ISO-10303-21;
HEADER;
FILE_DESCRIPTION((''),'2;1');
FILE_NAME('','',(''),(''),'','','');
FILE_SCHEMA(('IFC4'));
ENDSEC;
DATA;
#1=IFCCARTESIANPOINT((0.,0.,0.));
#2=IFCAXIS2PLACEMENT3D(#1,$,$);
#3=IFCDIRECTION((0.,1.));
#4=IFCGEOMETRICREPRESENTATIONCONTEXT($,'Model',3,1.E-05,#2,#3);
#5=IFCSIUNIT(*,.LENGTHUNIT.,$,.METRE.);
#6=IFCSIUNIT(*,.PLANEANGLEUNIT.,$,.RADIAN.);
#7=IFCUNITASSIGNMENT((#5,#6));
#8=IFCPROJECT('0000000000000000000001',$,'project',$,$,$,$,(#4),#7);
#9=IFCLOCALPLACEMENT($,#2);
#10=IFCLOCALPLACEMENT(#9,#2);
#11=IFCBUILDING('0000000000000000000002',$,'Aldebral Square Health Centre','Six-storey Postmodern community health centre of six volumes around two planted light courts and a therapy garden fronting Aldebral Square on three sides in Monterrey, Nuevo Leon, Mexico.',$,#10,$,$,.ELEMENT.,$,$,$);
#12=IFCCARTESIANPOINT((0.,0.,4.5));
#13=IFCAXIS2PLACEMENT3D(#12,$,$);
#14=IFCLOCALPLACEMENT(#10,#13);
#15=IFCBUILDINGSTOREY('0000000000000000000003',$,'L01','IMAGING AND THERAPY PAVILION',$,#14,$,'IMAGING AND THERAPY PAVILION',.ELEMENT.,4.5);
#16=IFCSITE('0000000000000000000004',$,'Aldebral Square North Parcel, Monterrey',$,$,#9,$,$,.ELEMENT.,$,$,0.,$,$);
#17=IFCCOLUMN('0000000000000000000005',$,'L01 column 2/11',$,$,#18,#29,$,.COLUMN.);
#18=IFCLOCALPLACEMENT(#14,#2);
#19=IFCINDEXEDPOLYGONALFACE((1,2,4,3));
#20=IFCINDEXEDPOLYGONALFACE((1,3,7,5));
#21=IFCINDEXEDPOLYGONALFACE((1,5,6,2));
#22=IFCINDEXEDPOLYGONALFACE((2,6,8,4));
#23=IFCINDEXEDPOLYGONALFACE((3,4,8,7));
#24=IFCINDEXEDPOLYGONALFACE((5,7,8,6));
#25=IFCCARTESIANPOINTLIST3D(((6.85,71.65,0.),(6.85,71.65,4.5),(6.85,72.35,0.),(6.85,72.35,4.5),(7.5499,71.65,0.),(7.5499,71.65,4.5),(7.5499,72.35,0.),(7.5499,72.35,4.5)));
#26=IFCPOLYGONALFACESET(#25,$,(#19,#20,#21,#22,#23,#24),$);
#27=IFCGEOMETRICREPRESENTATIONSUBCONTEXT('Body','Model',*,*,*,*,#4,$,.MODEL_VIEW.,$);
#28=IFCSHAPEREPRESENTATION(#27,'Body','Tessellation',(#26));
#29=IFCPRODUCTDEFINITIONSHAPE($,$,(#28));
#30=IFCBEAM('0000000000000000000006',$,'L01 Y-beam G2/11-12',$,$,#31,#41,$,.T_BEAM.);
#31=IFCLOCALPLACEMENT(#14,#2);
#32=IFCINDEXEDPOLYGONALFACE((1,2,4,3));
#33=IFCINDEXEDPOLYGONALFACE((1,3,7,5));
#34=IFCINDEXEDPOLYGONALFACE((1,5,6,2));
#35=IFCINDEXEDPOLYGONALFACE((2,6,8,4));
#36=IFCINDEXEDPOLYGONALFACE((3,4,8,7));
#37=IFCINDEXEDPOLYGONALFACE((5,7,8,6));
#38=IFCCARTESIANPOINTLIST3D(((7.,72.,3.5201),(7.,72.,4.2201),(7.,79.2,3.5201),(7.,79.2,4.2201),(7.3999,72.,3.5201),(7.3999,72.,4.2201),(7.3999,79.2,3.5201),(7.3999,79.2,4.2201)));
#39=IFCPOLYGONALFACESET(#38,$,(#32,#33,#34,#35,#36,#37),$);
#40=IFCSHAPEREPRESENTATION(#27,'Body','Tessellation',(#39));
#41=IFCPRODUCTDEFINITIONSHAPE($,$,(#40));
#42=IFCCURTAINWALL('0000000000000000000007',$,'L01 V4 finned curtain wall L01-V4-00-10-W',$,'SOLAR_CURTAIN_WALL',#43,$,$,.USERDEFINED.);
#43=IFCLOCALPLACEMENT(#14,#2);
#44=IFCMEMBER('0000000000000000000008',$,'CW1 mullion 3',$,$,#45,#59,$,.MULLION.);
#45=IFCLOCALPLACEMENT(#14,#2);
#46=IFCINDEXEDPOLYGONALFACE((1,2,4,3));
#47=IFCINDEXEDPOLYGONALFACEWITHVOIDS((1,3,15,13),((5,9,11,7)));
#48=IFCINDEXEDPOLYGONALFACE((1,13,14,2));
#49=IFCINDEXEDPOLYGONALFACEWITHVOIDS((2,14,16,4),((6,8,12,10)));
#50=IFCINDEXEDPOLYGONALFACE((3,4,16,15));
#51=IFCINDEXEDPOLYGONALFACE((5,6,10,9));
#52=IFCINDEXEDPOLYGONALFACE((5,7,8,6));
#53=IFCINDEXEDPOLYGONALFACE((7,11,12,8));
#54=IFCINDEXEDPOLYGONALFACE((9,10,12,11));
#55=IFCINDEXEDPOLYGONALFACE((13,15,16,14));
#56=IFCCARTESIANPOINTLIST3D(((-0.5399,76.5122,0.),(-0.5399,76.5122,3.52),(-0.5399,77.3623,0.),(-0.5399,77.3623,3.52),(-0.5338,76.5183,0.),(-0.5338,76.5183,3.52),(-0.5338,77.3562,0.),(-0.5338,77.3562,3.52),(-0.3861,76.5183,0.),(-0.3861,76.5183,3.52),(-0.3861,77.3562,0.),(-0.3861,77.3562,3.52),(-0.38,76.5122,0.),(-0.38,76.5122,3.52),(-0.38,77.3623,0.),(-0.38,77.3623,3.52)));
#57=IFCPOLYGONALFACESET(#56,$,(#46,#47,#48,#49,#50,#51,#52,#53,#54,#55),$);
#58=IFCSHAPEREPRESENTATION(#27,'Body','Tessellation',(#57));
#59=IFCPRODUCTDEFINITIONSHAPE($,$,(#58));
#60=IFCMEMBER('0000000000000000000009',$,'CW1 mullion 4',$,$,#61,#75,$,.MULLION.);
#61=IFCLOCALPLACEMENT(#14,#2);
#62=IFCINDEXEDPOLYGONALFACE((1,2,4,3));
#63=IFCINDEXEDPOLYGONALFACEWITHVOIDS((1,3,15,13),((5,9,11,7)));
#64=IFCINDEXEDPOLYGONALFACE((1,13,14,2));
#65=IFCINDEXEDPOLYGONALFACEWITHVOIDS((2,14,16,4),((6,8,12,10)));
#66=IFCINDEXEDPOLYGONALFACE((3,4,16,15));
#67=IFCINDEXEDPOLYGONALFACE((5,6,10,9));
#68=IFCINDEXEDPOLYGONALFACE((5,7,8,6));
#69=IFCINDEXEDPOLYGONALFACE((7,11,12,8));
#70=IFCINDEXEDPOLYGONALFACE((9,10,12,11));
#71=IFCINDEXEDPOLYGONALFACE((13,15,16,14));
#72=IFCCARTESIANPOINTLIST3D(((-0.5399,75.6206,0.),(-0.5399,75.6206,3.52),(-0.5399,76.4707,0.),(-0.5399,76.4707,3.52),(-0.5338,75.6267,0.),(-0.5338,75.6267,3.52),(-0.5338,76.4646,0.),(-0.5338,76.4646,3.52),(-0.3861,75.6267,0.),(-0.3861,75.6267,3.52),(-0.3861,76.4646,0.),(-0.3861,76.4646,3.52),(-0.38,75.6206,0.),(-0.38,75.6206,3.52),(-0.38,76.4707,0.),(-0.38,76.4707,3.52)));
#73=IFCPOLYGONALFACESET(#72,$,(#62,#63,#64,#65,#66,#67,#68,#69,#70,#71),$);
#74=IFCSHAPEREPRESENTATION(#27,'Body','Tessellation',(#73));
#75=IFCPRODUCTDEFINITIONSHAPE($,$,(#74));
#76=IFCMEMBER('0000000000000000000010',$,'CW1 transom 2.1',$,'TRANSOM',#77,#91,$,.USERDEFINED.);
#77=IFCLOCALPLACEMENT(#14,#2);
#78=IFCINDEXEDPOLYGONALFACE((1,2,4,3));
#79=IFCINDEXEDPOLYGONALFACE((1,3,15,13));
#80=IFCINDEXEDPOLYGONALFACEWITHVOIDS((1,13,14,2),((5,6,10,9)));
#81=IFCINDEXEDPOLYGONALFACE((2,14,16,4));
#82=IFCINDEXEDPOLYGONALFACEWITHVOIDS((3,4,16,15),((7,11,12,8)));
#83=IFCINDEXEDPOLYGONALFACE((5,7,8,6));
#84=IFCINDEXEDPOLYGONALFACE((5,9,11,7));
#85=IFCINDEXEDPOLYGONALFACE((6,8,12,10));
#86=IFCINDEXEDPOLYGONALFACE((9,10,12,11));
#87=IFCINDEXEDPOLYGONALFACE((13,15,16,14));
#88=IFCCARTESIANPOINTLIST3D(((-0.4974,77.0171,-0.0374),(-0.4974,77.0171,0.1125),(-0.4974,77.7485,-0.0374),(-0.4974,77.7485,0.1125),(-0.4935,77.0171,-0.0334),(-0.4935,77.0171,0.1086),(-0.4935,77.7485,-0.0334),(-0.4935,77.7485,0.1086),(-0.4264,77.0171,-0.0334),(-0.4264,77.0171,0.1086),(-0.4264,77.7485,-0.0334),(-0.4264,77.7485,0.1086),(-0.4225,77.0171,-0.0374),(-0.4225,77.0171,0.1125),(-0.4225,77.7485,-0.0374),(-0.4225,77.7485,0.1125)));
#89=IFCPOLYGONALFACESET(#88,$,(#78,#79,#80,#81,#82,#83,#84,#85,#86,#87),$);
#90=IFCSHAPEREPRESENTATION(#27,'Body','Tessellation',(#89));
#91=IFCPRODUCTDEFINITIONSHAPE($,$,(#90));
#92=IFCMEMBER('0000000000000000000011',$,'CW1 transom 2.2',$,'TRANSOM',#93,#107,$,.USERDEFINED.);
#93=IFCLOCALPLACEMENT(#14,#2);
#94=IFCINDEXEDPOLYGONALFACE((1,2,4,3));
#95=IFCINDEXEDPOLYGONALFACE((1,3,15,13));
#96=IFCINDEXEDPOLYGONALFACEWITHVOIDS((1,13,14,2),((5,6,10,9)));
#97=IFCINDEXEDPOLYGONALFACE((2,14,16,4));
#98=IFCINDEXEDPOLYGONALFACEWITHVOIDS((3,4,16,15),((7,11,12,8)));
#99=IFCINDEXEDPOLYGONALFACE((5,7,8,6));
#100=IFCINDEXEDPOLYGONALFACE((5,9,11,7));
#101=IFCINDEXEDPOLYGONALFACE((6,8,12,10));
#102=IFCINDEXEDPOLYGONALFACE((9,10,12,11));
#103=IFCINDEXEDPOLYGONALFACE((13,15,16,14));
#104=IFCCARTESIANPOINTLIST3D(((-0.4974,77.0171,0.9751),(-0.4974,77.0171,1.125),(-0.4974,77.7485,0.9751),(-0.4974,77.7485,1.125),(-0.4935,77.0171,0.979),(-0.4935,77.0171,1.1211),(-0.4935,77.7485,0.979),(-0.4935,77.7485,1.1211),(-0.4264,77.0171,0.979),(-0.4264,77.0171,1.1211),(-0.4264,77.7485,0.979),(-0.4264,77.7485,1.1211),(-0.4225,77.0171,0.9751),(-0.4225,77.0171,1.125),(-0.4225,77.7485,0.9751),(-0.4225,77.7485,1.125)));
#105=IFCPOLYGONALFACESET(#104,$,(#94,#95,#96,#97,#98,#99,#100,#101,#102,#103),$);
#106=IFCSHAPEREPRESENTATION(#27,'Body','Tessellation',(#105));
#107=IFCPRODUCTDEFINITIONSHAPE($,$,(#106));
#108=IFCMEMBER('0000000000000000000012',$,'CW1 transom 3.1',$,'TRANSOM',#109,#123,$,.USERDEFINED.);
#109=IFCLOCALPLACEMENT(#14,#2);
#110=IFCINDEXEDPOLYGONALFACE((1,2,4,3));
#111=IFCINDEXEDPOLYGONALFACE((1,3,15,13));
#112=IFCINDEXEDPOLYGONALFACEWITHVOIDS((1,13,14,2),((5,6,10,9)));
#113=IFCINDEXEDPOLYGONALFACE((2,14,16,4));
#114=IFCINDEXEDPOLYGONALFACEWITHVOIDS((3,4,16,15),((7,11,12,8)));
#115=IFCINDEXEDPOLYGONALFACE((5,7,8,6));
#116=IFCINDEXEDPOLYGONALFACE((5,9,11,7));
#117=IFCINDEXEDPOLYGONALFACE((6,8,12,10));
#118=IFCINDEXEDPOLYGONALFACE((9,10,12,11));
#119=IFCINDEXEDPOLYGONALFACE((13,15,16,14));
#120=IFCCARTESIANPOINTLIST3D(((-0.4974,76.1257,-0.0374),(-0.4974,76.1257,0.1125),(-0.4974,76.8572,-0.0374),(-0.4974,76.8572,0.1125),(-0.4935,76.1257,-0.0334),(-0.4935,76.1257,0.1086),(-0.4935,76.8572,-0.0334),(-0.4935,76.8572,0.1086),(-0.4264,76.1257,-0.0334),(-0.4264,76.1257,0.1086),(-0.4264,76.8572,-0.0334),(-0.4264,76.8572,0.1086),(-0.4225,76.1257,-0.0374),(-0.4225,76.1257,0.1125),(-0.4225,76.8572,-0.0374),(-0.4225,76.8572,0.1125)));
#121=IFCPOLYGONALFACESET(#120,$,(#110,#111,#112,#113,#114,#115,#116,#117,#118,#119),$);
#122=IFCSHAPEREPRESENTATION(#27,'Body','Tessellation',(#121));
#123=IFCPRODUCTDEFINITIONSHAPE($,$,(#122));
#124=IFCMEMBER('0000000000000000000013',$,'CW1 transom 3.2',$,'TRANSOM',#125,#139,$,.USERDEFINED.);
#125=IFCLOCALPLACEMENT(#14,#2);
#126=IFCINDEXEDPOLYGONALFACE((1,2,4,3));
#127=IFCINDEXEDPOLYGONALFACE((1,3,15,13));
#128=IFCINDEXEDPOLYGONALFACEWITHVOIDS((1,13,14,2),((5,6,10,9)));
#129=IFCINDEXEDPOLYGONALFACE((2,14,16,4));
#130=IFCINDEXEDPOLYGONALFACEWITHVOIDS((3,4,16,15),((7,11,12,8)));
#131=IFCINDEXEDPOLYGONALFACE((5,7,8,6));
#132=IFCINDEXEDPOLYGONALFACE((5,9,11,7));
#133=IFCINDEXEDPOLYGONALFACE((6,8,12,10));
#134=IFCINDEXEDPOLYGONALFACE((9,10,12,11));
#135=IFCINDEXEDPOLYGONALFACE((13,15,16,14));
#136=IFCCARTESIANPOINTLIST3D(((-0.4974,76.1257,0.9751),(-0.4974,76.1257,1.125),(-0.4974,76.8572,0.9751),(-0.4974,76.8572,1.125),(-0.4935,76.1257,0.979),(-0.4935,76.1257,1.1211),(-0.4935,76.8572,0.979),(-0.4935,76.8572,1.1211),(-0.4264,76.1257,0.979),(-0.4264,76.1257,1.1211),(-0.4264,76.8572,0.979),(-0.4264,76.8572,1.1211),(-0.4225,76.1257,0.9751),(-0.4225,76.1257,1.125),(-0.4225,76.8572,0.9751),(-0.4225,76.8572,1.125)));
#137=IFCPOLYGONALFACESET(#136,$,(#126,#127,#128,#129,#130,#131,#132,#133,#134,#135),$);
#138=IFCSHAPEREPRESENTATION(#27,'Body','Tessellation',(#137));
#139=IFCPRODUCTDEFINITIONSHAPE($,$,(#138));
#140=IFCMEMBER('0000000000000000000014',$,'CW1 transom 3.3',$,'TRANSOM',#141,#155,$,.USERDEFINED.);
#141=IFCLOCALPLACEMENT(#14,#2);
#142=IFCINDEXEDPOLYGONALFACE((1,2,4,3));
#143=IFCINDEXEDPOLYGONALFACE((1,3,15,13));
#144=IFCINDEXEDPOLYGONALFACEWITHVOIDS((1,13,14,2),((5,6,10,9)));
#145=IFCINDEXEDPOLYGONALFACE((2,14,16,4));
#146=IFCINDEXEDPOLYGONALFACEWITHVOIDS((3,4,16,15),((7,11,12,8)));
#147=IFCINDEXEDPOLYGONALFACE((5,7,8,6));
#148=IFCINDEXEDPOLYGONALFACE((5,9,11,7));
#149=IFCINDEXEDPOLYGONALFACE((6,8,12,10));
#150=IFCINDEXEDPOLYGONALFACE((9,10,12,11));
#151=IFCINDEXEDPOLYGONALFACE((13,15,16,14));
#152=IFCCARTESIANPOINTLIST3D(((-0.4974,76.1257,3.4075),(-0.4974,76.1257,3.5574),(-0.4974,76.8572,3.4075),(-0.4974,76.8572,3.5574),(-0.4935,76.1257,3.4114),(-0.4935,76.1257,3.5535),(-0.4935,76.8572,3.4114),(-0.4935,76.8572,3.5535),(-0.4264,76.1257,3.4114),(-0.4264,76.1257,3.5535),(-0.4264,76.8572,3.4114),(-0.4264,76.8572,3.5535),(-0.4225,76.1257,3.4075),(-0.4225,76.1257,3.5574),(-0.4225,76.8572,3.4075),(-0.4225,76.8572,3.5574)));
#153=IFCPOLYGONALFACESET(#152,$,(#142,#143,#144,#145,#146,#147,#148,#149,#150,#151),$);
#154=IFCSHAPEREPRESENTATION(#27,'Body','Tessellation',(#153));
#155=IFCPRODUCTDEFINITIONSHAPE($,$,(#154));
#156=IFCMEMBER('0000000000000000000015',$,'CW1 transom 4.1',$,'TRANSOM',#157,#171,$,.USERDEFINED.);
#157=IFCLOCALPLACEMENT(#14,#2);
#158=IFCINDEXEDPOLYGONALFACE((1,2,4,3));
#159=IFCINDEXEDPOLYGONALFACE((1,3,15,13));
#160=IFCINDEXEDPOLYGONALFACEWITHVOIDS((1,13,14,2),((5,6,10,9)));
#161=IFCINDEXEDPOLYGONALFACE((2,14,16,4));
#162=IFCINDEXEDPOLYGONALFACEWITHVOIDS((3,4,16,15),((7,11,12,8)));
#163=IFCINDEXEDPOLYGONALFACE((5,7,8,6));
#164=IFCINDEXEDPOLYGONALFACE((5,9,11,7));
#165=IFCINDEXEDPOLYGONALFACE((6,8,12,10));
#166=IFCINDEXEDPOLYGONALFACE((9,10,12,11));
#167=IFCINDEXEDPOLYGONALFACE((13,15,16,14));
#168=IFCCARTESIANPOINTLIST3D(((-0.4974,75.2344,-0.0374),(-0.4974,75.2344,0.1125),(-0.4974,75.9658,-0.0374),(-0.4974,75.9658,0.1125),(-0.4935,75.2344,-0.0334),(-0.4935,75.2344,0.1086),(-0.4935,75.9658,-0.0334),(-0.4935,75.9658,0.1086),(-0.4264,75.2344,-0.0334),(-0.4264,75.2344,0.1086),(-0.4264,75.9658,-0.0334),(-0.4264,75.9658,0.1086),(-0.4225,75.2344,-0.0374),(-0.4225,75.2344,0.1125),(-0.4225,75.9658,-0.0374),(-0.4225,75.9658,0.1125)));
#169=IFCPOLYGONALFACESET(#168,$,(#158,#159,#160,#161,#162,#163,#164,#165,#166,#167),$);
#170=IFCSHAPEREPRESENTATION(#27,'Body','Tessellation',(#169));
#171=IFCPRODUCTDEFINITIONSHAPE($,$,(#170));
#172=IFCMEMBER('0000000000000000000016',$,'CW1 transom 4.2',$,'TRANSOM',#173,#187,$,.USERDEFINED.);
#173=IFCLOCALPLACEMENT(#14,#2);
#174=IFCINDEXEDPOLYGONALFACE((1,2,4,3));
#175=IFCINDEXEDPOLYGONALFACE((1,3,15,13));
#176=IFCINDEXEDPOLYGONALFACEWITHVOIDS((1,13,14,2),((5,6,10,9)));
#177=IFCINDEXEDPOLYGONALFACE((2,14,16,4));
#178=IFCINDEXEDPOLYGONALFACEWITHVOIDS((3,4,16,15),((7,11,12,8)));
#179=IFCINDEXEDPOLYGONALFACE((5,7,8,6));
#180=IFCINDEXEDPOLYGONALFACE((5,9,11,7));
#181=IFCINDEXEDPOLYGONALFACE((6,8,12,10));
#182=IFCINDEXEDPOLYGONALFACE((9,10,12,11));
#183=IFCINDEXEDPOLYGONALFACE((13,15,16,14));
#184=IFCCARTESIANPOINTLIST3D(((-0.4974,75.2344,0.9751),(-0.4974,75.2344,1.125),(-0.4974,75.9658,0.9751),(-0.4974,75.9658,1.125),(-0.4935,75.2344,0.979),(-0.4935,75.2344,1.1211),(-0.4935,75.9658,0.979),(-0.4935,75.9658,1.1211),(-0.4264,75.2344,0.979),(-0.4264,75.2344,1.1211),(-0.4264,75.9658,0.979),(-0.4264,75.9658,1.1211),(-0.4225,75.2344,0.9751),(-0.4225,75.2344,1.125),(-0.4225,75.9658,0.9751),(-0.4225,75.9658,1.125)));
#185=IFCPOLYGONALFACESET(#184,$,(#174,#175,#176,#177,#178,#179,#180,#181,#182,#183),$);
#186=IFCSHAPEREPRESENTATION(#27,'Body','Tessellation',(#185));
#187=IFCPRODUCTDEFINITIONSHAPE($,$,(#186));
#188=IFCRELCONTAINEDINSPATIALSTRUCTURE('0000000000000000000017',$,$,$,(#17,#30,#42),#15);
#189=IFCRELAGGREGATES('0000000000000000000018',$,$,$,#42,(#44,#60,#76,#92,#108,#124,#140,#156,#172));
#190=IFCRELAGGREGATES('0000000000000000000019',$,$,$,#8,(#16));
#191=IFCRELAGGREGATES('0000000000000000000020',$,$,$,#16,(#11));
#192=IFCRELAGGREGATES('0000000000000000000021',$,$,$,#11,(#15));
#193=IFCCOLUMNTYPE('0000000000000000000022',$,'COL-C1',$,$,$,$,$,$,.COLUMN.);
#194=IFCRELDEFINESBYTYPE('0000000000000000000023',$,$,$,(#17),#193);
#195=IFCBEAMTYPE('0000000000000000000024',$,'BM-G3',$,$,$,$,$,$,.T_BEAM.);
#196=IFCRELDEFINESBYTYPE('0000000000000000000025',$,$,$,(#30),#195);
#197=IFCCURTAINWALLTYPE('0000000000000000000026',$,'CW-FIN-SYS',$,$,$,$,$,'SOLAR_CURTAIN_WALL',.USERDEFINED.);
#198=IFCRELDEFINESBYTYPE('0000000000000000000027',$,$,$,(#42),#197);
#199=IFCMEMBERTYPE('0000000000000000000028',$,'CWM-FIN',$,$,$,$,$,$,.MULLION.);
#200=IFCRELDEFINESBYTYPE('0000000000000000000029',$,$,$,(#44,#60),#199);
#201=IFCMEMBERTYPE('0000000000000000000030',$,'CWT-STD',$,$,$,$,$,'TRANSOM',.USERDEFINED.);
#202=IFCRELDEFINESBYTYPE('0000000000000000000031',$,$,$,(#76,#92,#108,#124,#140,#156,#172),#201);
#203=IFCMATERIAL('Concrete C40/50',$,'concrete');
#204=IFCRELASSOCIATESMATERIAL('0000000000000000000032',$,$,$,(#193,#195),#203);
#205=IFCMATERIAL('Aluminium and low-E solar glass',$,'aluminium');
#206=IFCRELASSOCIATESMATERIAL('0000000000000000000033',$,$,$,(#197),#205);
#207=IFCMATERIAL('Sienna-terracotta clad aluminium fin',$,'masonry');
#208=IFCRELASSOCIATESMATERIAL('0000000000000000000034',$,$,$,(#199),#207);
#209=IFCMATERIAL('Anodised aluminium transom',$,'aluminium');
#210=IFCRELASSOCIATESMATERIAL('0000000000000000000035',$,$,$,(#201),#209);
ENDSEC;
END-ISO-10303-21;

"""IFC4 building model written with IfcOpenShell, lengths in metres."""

from ifc_helpers import new_model, si_unit, direction, frame, origin, origin_2d, place, context, subcontext, project, spatial, rectangle, hollow_rectangle, extrude, material, material_profile, profile_set, type_object, element, aggregate, save


model = new_model("IFC4")

# Units and contexts
model_context = context("Model", 3, precision=1e-05, world=origin(), true_north=direction((0.0, 1.0)))
body_context = subcontext(model_context, "Body", "Model", "MODEL_VIEW")
ifc_project = project(units=[si_unit("LENGTHUNIT", "METRE"), si_unit("PLANEANGLEUNIT", "RADIAN")], contexts=[model_context])

# Site, building, storey
site_placement = place(None, origin())
site = spatial("IfcSite", under=ifc_project, at=site_placement, Name="Aldebral Square North Parcel, Monterrey", CompositionType="ELEMENT", RefElevation=0.0)
building_placement = place(site_placement, origin())
building = spatial("IfcBuilding", under=site, at=building_placement, Name="Aldebral Square Health Centre", Description="Six-storey Postmodern community health centre of six volumes around two planted light courts and a therapy garden fronting Aldebral Square on three sides in Monterrey, Nuevo Leon, Mexico.", CompositionType="ELEMENT")
storey_placement = place(building_placement, frame((0.0, 0.0, 4.5)))
storey = spatial("IfcBuildingStorey", under=building, at=storey_placement, Name="L01", Description="IMAGING AND THERAPY PAVILION", LongName="IMAGING AND THERAPY PAVILION", CompositionType="ELEMENT", Elevation=4.5)

# Column
ifc_material_1 = material(Name="Concrete C40/50", Category="concrete")
ifc_material_profile_1 = material_profile(ifc_material_1, rectangle(XDim=0.7, YDim=0.7, at=origin_2d()), Name="RC 700x700")
ifc_profile_set_1 = profile_set([ifc_material_profile_1], Name="Concrete C40/50")
column_type = type_object("IfcColumnType", Name="COL-C1", PredefinedType="COLUMN", material=ifc_profile_set_1)
column_placement = place(storey_placement, frame((7.2, 72.0, 0.0), z_axis=(0.0, 0.0, 1.0), x_axis=(1.0, 0.0, 0.0)))
element("IfcColumn", 1, at=column_placement, inside=storey, type_object=column_type, Name="L01 column 2/11", PredefinedType="COLUMN", context=body_context, shape_type="SweptSolid", body=[
    extrude(rectangle(XDim=0.7, YDim=0.7, at=origin_2d()), origin(), (0.0, 0.0, 1.0), 4.5),
])

# Beam
ifc_material_profile_2 = material_profile(ifc_material_1, rectangle(XDim=0.3999, YDim=0.7, at=origin_2d()), Name="RC 400x700")
ifc_profile_set_2 = profile_set([ifc_material_profile_2], Name="Concrete C40/50")
beam_type = type_object("IfcBeamType", Name="BM-G3", PredefinedType="T_BEAM", material=ifc_profile_set_2)
beam_placement = place(storey_placement, frame((7.2, 72.0, 3.8701), z_axis=(0.0, 1.0, 0.0), x_axis=(-1.0, 0.0, 0.0)))
element("IfcBeam", 2, at=beam_placement, inside=storey, type_object=beam_type, Name="L01 Y-beam G2/11-12", PredefinedType="T_BEAM", context=body_context, shape_type="SweptSolid", body=[
    extrude(rectangle(XDim=0.3999, YDim=0.7, at=origin_2d()), origin(), (0.0, 0.0, 1.0), 7.2),
])

# Curtain wall, members
ifc_material_2 = material(Name="Aluminium and low-E solar glass", Category="aluminium")
curtain_wall_type = type_object("IfcCurtainWallType", Name="CW-FIN-SYS", ElementType="SOLAR_CURTAIN_WALL", PredefinedType="USERDEFINED", material=ifc_material_2)
curtain_wall_placement = place(storey_placement, origin())
curtain_wall = element("IfcCurtainWall", 3, at=curtain_wall_placement, inside=storey, type_object=curtain_wall_type, Name="L01 V4 finned curtain wall L01-V4-00-10-W", ObjectType="SOLAR_CURTAIN_WALL", PredefinedType="USERDEFINED")
ifc_material_3 = material(Name="Sienna-terracotta clad aluminium fin", Category="masonry")
ifc_material_profile_3 = material_profile(ifc_material_3, hollow_rectangle(XDim=0.1599, YDim=0.8501, WallThickness=0.0061, at=origin_2d()), Name="FIN 160x850x6")
ifc_profile_set_3 = profile_set([ifc_material_profile_3], Name="Sienna-terracotta clad aluminium fin")
member_type_1 = type_object("IfcMemberType", Name="CWM-FIN", PredefinedType="MULLION", material=ifc_profile_set_3)
member_1_placement = place(storey_placement, frame((-0.46, 76.9373, 0.0), z_axis=(0.0, 0.0, 1.0), x_axis=(1.0, 0.0, 0.0)))
member_1 = element("IfcMember", 4, at=member_1_placement, type_object=member_type_1, Name="CW1 mullion 3", PredefinedType="MULLION", context=body_context, shape_type="SweptSolid", body=[
    extrude(hollow_rectangle(XDim=0.1599, YDim=0.8501, WallThickness=0.0061, at=origin_2d()), origin(), (0.0, 0.0, 1.0), 3.52),
])
member_2_placement = place(storey_placement, frame((-0.46, 76.0457, 0.0), z_axis=(0.0, 0.0, 1.0), x_axis=(1.0, 0.0, 0.0)))
member_2 = element("IfcMember", 5, at=member_2_placement, type_object=member_type_1, Name="CW1 mullion 4", PredefinedType="MULLION", context=body_context, shape_type="SweptSolid", body=[
    extrude(hollow_rectangle(XDim=0.1599, YDim=0.8501, WallThickness=0.0061, at=origin_2d()), origin(), (0.0, 0.0, 1.0), 3.52),
])
ifc_material_4 = material(Name="Anodised aluminium transom", Category="aluminium")
ifc_material_profile_4 = material_profile(ifc_material_4, hollow_rectangle(XDim=0.075, YDim=0.1499, WallThickness=0.0039, at=origin_2d()), Name="CWT 75x150x4")
ifc_profile_set_4 = profile_set([ifc_material_profile_4], Name="Anodised aluminium transom")
member_type_2 = type_object("IfcMemberType", Name="CWT-STD", ElementType="TRANSOM", PredefinedType="USERDEFINED", material=ifc_profile_set_4)
member_3_placement = place(storey_placement, frame((-0.46, 77.7485, 0.0376), z_axis=(0.0, -1.0, 0.0), x_axis=(1.0, 0.0, 0.0)))
member_3 = element("IfcMember", 6, at=member_3_placement, type_object=member_type_2, Name="CW1 transom 2.1", ObjectType="TRANSOM", PredefinedType="USERDEFINED", context=body_context, shape_type="SweptSolid", body=[
    extrude(hollow_rectangle(XDim=0.075, YDim=0.1499, WallThickness=0.0039, at=origin_2d()), origin(), (0.0, 0.0, 1.0), 0.7314),
])
member_4_placement = place(storey_placement, frame((-0.46, 77.7485, 1.05), z_axis=(0.0, -1.0, 0.0), x_axis=(1.0, 0.0, 0.0)))
member_4 = element("IfcMember", 7, at=member_4_placement, type_object=member_type_2, Name="CW1 transom 2.2", ObjectType="TRANSOM", PredefinedType="USERDEFINED", context=body_context, shape_type="SweptSolid", body=[
    extrude(hollow_rectangle(XDim=0.075, YDim=0.1499, WallThickness=0.0039, at=origin_2d()), origin(), (0.0, 0.0, 1.0), 0.7314),
])
member_5_placement = place(storey_placement, frame((-0.46, 76.8572, 0.0376), z_axis=(0.0, -1.0, 0.0), x_axis=(1.0, 0.0, 0.0)))
member_5 = element("IfcMember", 8, at=member_5_placement, type_object=member_type_2, Name="CW1 transom 3.1", ObjectType="TRANSOM", PredefinedType="USERDEFINED", context=body_context, shape_type="SweptSolid", body=[
    extrude(hollow_rectangle(XDim=0.075, YDim=0.1499, WallThickness=0.0039, at=origin_2d()), origin(), (0.0, 0.0, 1.0), 0.7314),
])
member_6_placement = place(storey_placement, frame((-0.46, 76.8572, 1.05), z_axis=(0.0, -1.0, 0.0), x_axis=(1.0, 0.0, 0.0)))
member_6 = element("IfcMember", 9, at=member_6_placement, type_object=member_type_2, Name="CW1 transom 3.2", ObjectType="TRANSOM", PredefinedType="USERDEFINED", context=body_context, shape_type="SweptSolid", body=[
    extrude(hollow_rectangle(XDim=0.075, YDim=0.1499, WallThickness=0.0039, at=origin_2d()), origin(), (0.0, 0.0, 1.0), 0.7314),
])
member_7_placement = place(storey_placement, frame((-0.46, 76.8572, 3.4824), z_axis=(0.0, -1.0, 0.0), x_axis=(1.0, 0.0, 0.0)))
member_7 = element("IfcMember", 10, at=member_7_placement, type_object=member_type_2, Name="CW1 transom 3.3", ObjectType="TRANSOM", PredefinedType="USERDEFINED", context=body_context, shape_type="SweptSolid", body=[
    extrude(hollow_rectangle(XDim=0.075, YDim=0.1499, WallThickness=0.0039, at=origin_2d()), origin(), (0.0, 0.0, 1.0), 0.7314),
])
member_8_placement = place(storey_placement, frame((-0.46, 75.9658, 0.0376), z_axis=(0.0, -1.0, 0.0), x_axis=(1.0, 0.0, 0.0)))
member_8 = element("IfcMember", 11, at=member_8_placement, type_object=member_type_2, Name="CW1 transom 4.1", ObjectType="TRANSOM", PredefinedType="USERDEFINED", context=body_context, shape_type="SweptSolid", body=[
    extrude(hollow_rectangle(XDim=0.075, YDim=0.1499, WallThickness=0.0039, at=origin_2d()), origin(), (0.0, 0.0, 1.0), 0.7314),
])
member_9_placement = place(storey_placement, frame((-0.46, 75.9658, 1.05), z_axis=(0.0, -1.0, 0.0), x_axis=(1.0, 0.0, 0.0)))
member_9 = element("IfcMember", 12, at=member_9_placement, type_object=member_type_2, Name="CW1 transom 4.2", ObjectType="TRANSOM", PredefinedType="USERDEFINED", context=body_context, shape_type="SweptSolid", body=[
    extrude(hollow_rectangle(XDim=0.075, YDim=0.1499, WallThickness=0.0039, at=origin_2d()), origin(), (0.0, 0.0, 1.0), 0.7314),
])
aggregate(curtain_wall, [member_1, member_2, member_3, member_4, member_5, member_6, member_7, member_8, member_9])

save(model, "model.ifc")
